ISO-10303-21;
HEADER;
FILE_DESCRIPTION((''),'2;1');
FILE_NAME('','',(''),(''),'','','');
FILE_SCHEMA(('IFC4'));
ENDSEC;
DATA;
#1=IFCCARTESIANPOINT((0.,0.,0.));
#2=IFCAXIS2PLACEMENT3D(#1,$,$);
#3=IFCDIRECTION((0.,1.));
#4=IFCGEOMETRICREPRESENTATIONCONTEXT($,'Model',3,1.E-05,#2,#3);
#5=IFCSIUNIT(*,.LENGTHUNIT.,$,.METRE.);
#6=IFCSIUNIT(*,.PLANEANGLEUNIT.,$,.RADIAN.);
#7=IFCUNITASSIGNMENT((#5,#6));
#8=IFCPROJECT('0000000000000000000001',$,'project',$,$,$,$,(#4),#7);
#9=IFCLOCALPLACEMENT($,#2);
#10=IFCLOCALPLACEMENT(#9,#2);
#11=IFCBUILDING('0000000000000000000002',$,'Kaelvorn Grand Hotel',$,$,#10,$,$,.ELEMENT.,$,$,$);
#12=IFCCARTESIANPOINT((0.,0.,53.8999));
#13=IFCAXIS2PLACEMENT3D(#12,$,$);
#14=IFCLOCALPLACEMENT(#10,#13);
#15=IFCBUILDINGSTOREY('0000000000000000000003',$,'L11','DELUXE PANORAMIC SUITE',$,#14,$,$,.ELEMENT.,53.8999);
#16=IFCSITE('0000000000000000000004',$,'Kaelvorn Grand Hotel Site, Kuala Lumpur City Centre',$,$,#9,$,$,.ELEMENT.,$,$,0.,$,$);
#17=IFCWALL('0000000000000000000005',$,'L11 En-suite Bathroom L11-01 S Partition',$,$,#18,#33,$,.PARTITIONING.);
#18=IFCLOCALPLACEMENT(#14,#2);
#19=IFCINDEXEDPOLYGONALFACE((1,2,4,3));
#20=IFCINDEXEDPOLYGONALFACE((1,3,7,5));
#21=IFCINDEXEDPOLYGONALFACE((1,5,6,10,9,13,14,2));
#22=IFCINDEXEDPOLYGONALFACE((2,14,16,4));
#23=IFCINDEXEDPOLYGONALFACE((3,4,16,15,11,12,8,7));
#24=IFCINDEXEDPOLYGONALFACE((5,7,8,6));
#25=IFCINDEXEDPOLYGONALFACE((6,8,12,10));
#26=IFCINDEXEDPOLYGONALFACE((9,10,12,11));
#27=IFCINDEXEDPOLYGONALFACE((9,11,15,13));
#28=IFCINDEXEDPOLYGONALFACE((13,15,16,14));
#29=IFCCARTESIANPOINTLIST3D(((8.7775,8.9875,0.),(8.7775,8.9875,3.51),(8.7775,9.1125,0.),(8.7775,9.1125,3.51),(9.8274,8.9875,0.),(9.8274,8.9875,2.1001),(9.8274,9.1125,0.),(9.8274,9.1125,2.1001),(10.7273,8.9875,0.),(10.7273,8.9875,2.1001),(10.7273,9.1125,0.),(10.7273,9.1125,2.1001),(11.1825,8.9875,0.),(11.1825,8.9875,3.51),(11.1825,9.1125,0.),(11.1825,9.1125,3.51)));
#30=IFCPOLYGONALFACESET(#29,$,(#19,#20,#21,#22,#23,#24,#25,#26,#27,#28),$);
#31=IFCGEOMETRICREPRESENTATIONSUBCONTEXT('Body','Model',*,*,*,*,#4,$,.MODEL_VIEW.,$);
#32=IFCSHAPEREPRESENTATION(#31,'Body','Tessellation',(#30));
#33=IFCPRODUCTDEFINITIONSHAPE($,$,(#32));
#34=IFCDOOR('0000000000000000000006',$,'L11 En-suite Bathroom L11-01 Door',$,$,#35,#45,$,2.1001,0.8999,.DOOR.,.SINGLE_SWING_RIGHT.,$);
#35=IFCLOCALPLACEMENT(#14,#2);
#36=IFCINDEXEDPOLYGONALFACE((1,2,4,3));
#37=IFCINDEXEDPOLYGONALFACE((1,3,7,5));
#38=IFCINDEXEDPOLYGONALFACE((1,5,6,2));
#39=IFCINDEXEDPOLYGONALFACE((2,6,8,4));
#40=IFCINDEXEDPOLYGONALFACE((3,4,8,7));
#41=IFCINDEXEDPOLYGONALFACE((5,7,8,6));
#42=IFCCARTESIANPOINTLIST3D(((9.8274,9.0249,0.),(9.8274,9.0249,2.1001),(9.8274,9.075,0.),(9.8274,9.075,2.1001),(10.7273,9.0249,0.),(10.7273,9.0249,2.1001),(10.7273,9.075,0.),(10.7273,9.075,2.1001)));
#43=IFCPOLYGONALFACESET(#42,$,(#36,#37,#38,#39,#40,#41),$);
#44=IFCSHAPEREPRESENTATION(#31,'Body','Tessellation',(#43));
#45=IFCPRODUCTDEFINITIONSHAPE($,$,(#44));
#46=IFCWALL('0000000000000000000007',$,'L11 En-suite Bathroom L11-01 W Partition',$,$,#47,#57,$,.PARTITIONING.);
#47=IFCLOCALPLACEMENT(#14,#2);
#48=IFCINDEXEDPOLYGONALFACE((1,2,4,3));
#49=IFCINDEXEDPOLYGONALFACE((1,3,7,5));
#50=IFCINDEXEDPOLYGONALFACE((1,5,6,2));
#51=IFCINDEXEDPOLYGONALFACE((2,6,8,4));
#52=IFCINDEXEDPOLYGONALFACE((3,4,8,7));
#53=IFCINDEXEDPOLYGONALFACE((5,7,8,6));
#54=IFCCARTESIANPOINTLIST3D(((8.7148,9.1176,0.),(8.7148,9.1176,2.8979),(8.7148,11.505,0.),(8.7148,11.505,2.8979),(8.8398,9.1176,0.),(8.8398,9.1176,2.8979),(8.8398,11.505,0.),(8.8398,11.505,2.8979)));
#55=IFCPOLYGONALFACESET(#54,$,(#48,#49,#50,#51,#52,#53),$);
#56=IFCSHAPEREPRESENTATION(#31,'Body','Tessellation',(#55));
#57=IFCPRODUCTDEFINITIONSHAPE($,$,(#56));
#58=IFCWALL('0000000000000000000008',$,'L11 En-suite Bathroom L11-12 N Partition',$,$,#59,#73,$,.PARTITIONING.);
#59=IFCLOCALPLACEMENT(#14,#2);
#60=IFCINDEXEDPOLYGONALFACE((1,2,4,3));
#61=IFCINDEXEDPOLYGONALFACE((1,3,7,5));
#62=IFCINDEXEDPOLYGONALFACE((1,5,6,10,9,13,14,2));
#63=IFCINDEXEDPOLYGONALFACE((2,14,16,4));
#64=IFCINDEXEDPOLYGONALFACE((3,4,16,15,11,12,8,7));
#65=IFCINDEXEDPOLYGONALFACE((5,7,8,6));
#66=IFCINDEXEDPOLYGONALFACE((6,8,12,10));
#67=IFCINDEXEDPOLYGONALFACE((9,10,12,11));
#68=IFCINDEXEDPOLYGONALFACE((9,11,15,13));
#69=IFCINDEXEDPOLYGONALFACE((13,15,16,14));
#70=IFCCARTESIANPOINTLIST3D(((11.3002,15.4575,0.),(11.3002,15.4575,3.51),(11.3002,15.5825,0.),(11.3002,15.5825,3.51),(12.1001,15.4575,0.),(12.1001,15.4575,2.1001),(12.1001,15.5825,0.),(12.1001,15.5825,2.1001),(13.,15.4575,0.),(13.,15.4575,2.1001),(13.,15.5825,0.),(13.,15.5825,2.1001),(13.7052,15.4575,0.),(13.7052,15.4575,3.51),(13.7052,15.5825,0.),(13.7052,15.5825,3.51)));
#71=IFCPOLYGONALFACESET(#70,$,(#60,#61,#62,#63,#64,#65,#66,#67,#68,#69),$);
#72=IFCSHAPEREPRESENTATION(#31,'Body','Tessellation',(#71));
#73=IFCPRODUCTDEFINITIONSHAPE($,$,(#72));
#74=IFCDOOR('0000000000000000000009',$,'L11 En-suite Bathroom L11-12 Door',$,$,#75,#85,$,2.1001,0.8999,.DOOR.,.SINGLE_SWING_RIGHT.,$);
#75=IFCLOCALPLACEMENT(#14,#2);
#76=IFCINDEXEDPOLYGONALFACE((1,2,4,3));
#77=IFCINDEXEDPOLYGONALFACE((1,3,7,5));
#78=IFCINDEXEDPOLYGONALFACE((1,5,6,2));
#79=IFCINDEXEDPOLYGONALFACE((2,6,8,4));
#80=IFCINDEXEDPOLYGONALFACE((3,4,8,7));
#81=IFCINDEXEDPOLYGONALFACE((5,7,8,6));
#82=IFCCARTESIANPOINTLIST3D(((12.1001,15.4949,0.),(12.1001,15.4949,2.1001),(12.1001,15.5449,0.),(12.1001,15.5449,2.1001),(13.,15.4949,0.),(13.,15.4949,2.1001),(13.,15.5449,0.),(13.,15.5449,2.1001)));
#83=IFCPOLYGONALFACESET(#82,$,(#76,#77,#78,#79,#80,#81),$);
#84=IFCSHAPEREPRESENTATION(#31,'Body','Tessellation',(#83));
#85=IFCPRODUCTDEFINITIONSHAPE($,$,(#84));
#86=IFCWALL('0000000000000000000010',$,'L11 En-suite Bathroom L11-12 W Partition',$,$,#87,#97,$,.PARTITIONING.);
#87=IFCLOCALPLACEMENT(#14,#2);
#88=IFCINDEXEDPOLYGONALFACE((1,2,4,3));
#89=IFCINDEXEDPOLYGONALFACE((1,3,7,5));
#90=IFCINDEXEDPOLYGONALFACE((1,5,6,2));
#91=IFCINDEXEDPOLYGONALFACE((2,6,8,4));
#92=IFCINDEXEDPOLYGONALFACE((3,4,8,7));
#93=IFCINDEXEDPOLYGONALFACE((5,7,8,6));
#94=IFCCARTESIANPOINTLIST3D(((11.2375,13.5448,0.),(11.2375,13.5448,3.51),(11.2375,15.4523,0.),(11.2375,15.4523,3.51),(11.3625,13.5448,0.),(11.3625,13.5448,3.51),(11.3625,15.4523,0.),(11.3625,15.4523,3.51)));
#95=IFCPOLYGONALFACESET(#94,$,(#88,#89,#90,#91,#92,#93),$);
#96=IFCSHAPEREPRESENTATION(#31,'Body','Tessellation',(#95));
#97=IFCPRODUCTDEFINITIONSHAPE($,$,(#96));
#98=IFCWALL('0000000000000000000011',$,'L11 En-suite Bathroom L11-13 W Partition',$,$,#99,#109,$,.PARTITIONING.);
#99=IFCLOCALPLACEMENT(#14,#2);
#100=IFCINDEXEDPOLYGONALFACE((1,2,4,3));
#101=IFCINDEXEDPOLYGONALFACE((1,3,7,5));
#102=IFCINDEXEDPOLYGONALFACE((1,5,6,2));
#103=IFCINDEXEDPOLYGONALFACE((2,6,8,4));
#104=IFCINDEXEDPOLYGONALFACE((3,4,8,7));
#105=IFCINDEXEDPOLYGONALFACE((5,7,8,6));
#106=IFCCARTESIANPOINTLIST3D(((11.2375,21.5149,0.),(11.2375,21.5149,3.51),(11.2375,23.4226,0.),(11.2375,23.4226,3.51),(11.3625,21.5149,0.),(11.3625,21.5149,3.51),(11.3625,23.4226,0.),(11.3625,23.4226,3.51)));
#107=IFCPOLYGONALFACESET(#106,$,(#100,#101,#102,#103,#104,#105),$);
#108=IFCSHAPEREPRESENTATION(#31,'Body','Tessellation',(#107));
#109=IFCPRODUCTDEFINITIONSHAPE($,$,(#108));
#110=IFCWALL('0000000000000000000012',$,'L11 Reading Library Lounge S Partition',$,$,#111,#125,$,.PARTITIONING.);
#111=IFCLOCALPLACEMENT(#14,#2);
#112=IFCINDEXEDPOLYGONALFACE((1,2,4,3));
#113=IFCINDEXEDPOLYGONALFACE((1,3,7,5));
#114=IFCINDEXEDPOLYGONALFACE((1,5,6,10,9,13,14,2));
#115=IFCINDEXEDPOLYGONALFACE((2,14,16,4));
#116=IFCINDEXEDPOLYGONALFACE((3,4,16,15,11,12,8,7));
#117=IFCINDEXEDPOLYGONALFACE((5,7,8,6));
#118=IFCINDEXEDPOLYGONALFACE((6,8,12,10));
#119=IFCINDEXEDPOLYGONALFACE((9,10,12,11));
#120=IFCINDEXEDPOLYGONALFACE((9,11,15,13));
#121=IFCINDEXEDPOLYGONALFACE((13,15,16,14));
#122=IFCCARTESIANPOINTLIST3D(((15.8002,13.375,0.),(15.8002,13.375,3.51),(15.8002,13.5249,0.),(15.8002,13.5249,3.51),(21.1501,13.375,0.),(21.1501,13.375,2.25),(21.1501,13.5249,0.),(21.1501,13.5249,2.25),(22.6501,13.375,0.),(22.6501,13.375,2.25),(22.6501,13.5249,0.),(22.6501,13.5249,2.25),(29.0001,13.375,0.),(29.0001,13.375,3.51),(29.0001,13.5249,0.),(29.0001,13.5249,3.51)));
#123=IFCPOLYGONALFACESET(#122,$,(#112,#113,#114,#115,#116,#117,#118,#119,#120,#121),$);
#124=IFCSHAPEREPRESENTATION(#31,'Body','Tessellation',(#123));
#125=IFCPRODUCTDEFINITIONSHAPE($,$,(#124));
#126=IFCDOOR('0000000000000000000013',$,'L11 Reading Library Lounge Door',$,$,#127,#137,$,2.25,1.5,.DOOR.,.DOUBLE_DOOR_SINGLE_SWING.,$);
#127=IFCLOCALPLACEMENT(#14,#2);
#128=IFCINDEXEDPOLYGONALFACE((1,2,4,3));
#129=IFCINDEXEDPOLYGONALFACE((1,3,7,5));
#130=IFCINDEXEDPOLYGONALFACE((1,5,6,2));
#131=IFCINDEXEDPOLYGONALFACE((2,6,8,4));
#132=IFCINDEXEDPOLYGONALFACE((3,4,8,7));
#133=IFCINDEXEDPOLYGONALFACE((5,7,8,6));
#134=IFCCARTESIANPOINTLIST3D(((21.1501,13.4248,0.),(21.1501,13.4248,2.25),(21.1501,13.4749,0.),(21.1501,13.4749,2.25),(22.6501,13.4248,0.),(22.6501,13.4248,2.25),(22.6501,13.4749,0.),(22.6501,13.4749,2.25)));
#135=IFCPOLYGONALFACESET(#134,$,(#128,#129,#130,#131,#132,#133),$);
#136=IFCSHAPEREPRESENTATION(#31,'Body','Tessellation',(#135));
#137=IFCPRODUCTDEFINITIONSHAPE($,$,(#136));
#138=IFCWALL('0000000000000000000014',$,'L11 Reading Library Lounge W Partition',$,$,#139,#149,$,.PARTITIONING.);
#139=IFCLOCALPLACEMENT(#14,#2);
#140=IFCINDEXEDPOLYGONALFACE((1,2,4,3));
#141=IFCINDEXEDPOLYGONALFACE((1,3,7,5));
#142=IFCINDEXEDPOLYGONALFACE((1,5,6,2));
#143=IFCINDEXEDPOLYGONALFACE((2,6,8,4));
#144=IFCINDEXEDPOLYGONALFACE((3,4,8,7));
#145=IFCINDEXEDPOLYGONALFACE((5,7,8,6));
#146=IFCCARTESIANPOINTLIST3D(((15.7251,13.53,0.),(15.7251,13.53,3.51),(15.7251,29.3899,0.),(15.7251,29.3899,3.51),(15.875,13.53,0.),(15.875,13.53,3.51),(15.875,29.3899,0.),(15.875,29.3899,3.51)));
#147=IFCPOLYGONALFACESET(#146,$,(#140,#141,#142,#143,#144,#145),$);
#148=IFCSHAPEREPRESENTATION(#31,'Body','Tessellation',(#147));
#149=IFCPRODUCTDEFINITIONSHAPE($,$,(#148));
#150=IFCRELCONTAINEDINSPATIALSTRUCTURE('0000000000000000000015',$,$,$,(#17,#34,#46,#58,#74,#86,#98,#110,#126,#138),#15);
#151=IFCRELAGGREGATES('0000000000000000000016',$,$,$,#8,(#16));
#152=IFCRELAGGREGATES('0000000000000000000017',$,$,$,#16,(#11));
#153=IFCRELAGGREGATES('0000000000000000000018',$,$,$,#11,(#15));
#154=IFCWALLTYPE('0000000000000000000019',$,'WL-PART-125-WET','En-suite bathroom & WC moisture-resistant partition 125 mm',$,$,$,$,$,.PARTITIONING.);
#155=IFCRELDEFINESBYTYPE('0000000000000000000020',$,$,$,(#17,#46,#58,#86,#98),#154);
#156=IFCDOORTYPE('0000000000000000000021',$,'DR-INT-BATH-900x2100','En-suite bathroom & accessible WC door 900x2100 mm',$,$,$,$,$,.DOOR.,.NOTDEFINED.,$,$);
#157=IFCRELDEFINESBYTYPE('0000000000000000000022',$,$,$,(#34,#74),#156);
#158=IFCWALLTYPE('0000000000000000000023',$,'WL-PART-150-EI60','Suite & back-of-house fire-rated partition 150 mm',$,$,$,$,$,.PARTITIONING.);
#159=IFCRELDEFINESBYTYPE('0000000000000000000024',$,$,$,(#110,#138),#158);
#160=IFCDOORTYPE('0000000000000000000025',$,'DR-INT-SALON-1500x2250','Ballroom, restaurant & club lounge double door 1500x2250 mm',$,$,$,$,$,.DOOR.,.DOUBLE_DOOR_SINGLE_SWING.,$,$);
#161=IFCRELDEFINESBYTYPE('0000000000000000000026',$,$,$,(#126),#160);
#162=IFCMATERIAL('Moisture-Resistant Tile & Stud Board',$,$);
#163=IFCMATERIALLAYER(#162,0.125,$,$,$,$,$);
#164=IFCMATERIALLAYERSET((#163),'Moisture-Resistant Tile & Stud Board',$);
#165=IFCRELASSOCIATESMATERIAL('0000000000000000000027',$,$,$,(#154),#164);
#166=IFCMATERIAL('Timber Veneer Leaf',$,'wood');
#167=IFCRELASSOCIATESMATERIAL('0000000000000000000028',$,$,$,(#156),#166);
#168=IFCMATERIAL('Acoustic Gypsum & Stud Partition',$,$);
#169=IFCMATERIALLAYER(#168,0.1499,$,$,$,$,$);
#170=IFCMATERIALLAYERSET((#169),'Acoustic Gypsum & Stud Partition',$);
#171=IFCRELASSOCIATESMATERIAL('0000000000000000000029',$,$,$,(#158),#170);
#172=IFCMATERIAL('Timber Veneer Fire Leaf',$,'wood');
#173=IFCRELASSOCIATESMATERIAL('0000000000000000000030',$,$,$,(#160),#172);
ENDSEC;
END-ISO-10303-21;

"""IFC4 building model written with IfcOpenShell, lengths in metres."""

from ifc_helpers import new_model, si_unit, direction, frame, frame_2d, origin, place, context, subcontext, project, spatial, rectangle, extrude, material, layer, layer_set, type_object, element, fill, save


model = new_model("IFC4")

# Units and contexts
model_context = context("Model", 3, precision=1e-05, world=origin(), true_north=direction((0.0, 1.0)))
body_context = subcontext(model_context, "Body", "Model", "MODEL_VIEW")
ifc_project = project(units=[si_unit("LENGTHUNIT", "METRE"), si_unit("PLANEANGLEUNIT", "RADIAN")], contexts=[model_context])

# Site, building, storey
site_placement = place(None, origin())
site = spatial("IfcSite", under=ifc_project, at=site_placement, Name="Kaelvorn Grand Hotel Site, Kuala Lumpur City Centre", CompositionType="ELEMENT", RefElevation=0.0)
building_placement = place(site_placement, origin())
building = spatial("IfcBuilding", under=site, at=building_placement, Name="Kaelvorn Grand Hotel", CompositionType="ELEMENT")
storey_placement = place(building_placement, frame((0.0, 0.0, 53.8999)))
storey = spatial("IfcBuildingStorey", under=building, at=storey_placement, Name="L11", Description="DELUXE PANORAMIC SUITE", CompositionType="ELEMENT", Elevation=53.8999)

# Wall, opening, door
ifc_material_1 = material(Name="Moisture-Resistant Tile & Stud Board")
ifc_layer_1 = layer(ifc_material_1, 0.125)
ifc_layer_set_1 = layer_set([ifc_layer_1], Name="Moisture-Resistant Tile & Stud Board")
wall_type_1 = type_object("IfcWallType", Name="WL-PART-125-WET", Description="En-suite bathroom & WC moisture-resistant partition 125 mm", PredefinedType="PARTITIONING", material=ifc_layer_set_1)
wall_1_placement = place(storey_placement, frame((8.7773, 9.05, 0.0), z_axis=(0.0, 0.0, 1.0), x_axis=(1.0, 0.0, 0.0)))
wall_1 = element("IfcWall", 1, at=wall_1_placement, inside=storey, type_object=wall_type_1, Name="L11 En-suite Bathroom L11-01 S Partition", PredefinedType="PARTITIONING", context=body_context, shape_type="SweptSolid", body=[
    extrude(rectangle(XDim=2.405, YDim=0.125, at=frame_2d((1.2026, 0.0))), origin(), (0.0, 0.0, 1.0), 3.51),
])
opening_1_placement = place(wall_1_placement, frame((1.05, 0.0, 0.0)))
opening_1 = element("IfcOpeningElement", 2, at=opening_1_placement, cuts=wall_1, PredefinedType="OPENING", context=body_context, shape_type="SweptSolid", body=[
    extrude(rectangle(XDim=0.8999, YDim=2.1001, at=frame_2d((0.45, 1.05))), frame((0.0, 0.0725, 0.0), z_axis=(0.0, -1.0, 0.0), x_axis=(1.0, 0.0, 0.0)), (0.0, 0.0, 1.0), 0.145),
])
ifc_material_2 = material(Name="Timber Veneer Leaf", Category="wood")
door_type_1 = type_object("IfcDoorType", Name="DR-INT-BATH-900x2100", Description="En-suite bathroom & accessible WC door 900x2100 mm", OperationType="NOTDEFINED", PredefinedType="DOOR", material=ifc_material_2)
door_1_placement = place(opening_1_placement, origin())
door_1 = element("IfcDoor", 3, at=door_1_placement, inside=storey, type_object=door_type_1, Name="L11 En-suite Bathroom L11-01 Door", OperationType="SINGLE_SWING_RIGHT", OverallHeight=2.1001, OverallWidth=0.8999, PredefinedType="DOOR", context=body_context, shape_type="SweptSolid", body=[
    extrude(rectangle(XDim=0.8999, YDim=2.1001, at=frame_2d((0.45, 1.05))), frame((0.0, 0.0249, 0.0), z_axis=(0.0, -1.0, 0.0), x_axis=(1.0, 0.0, 0.0)), (0.0, 0.0, 1.0), 0.05),
])
fill(opening_1, door_1)

# Wall
wall_2_placement = place(storey_placement, frame((8.7773, 9.1174, 0.0), z_axis=(0.0, 0.0, 1.0), x_axis=(0.0, 1.0, 0.0)))
element("IfcWall", 4, at=wall_2_placement, inside=storey, type_object=wall_type_1, Name="L11 En-suite Bathroom L11-01 W Partition", PredefinedType="PARTITIONING", context=body_context, shape_type="SweptSolid", body=[
    extrude(rectangle(XDim=2.3875, YDim=0.125, at=frame_2d((1.1938, 0.0))), origin(), (0.0, 0.0, 1.0), 2.8979),
])

# Wall, opening, door
wall_3_placement = place(storey_placement, frame((11.3, 15.52, 0.0), z_axis=(0.0, 0.0, 1.0), x_axis=(1.0, 0.0, 0.0)))
wall_3 = element("IfcWall", 5, at=wall_3_placement, inside=storey, type_object=wall_type_1, Name="L11 En-suite Bathroom L11-12 N Partition", PredefinedType="PARTITIONING", context=body_context, shape_type="SweptSolid", body=[
    extrude(rectangle(XDim=2.405, YDim=0.125, at=frame_2d((1.2026, 0.0))), origin(), (0.0, 0.0, 1.0), 3.51),
])
opening_2_placement = place(wall_3_placement, frame((0.8, 0.0, 0.0)))
opening_2 = element("IfcOpeningElement", 6, at=opening_2_placement, cuts=wall_3, PredefinedType="OPENING", context=body_context, shape_type="SweptSolid", body=[
    extrude(rectangle(XDim=0.8999, YDim=2.1001, at=frame_2d((0.45, 1.05))), frame((0.0, 0.0725, 0.0), z_axis=(0.0, -1.0, 0.0), x_axis=(1.0, 0.0, 0.0)), (0.0, 0.0, 1.0), 0.145),
])
door_2_placement = place(opening_2_placement, origin())
door_2 = element("IfcDoor", 7, at=door_2_placement, inside=storey, type_object=door_type_1, Name="L11 En-suite Bathroom L11-12 Door", OperationType="SINGLE_SWING_RIGHT", OverallHeight=2.1001, OverallWidth=0.8999, PredefinedType="DOOR", context=body_context, shape_type="SweptSolid", body=[
    extrude(rectangle(XDim=0.8999, YDim=2.1001, at=frame_2d((0.45, 1.05))), frame((0.0, 0.0249, 0.0), z_axis=(0.0, -1.0, 0.0), x_axis=(1.0, 0.0, 0.0)), (0.0, 0.0, 1.0), 0.05),
])
fill(opening_2, door_2)

# Walls
wall_4_placement = place(storey_placement, frame((11.3, 13.5449, 0.0), z_axis=(0.0, 0.0, 1.0), x_axis=(0.0, 1.0, 0.0)))
element("IfcWall", 8, at=wall_4_placement, inside=storey, type_object=wall_type_1, Name="L11 En-suite Bathroom L11-12 W Partition", PredefinedType="PARTITIONING", context=body_context, shape_type="SweptSolid", body=[
    extrude(rectangle(XDim=1.9075, YDim=0.125, at=frame_2d((0.9536, 0.0))), origin(), (0.0, 0.0, 1.0), 3.51),
])
wall_5_placement = place(storey_placement, frame((11.3, 21.5149, 0.0), z_axis=(0.0, 0.0, 1.0), x_axis=(0.0, 1.0, 0.0)))
element("IfcWall", 9, at=wall_5_placement, inside=storey, type_object=wall_type_1, Name="L11 En-suite Bathroom L11-13 W Partition", PredefinedType="PARTITIONING", context=body_context, shape_type="SweptSolid", body=[
    extrude(rectangle(XDim=1.9077, YDim=0.125, at=frame_2d((0.9539, 0.0))), origin(), (0.0, 0.0, 1.0), 3.51),
])

# Wall, opening, door
ifc_material_3 = material(Name="Acoustic Gypsum & Stud Partition")
ifc_layer_2 = layer(ifc_material_3, 0.1499)
ifc_layer_set_2 = layer_set([ifc_layer_2], Name="Acoustic Gypsum & Stud Partition")
wall_type_2 = type_object("IfcWallType", Name="WL-PART-150-EI60", Description="Suite & back-of-house fire-rated partition 150 mm", PredefinedType="PARTITIONING", material=ifc_layer_set_2)
wall_6_placement = place(storey_placement, frame((15.8, 13.45, 0.0), z_axis=(0.0, 0.0, 1.0), x_axis=(1.0, 0.0, 0.0)))
wall_6 = element("IfcWall", 10, at=wall_6_placement, inside=storey, type_object=wall_type_2, Name="L11 Reading Library Lounge S Partition", PredefinedType="PARTITIONING", context=body_context, shape_type="SweptSolid", body=[
    extrude(rectangle(XDim=13.2, YDim=0.1499, at=frame_2d((6.6001, 0.0))), origin(), (0.0, 0.0, 1.0), 3.51),
])
opening_3_placement = place(wall_6_placement, frame((5.3501, 0.0, 0.0)))
opening_3 = element("IfcOpeningElement", 11, at=opening_3_placement, cuts=wall_6, PredefinedType="OPENING", context=body_context, shape_type="SweptSolid", body=[
    extrude(rectangle(XDim=1.5, YDim=2.25, at=frame_2d((0.75, 1.125))), frame((0.0, 0.085, 0.0), z_axis=(0.0, -1.0, 0.0), x_axis=(1.0, 0.0, 0.0)), (0.0, 0.0, 1.0), 0.1699),
])
ifc_material_4 = material(Name="Timber Veneer Fire Leaf", Category="wood")
door_type_2 = type_object("IfcDoorType", Name="DR-INT-SALON-1500x2250", Description="Ballroom, restaurant & club lounge double door 1500x2250 mm", OperationType="DOUBLE_DOOR_SINGLE_SWING", PredefinedType="DOOR", material=ifc_material_4)
door_3_placement = place(opening_3_placement, origin())
door_3 = element("IfcDoor", 12, at=door_3_placement, inside=storey, type_object=door_type_2, Name="L11 Reading Library Lounge Door", OperationType="DOUBLE_DOOR_SINGLE_SWING", OverallHeight=2.25, OverallWidth=1.5, PredefinedType="DOOR", context=body_context, shape_type="SweptSolid", body=[
    extrude(rectangle(XDim=1.5, YDim=2.25, at=frame_2d((0.75, 1.125))), frame((0.0, 0.0249, 0.0), z_axis=(0.0, -1.0, 0.0), x_axis=(1.0, 0.0, 0.0)), (0.0, 0.0, 1.0), 0.05),
])
fill(opening_3, door_3)

# Wall
wall_7_placement = place(storey_placement, frame((15.8, 13.53, 0.0), z_axis=(0.0, 0.0, 1.0), x_axis=(0.0, 1.0, 0.0)))
element("IfcWall", 13, at=wall_7_placement, inside=storey, type_object=wall_type_2, Name="L11 Reading Library Lounge W Partition", PredefinedType="PARTITIONING", context=body_context, shape_type="SweptSolid", body=[
    extrude(rectangle(XDim=15.8599, YDim=0.1499, at=frame_2d((7.9299, 0.0))), origin(), (0.0, 0.0, 1.0), 3.51),
])

save(model, "model.ifc")
